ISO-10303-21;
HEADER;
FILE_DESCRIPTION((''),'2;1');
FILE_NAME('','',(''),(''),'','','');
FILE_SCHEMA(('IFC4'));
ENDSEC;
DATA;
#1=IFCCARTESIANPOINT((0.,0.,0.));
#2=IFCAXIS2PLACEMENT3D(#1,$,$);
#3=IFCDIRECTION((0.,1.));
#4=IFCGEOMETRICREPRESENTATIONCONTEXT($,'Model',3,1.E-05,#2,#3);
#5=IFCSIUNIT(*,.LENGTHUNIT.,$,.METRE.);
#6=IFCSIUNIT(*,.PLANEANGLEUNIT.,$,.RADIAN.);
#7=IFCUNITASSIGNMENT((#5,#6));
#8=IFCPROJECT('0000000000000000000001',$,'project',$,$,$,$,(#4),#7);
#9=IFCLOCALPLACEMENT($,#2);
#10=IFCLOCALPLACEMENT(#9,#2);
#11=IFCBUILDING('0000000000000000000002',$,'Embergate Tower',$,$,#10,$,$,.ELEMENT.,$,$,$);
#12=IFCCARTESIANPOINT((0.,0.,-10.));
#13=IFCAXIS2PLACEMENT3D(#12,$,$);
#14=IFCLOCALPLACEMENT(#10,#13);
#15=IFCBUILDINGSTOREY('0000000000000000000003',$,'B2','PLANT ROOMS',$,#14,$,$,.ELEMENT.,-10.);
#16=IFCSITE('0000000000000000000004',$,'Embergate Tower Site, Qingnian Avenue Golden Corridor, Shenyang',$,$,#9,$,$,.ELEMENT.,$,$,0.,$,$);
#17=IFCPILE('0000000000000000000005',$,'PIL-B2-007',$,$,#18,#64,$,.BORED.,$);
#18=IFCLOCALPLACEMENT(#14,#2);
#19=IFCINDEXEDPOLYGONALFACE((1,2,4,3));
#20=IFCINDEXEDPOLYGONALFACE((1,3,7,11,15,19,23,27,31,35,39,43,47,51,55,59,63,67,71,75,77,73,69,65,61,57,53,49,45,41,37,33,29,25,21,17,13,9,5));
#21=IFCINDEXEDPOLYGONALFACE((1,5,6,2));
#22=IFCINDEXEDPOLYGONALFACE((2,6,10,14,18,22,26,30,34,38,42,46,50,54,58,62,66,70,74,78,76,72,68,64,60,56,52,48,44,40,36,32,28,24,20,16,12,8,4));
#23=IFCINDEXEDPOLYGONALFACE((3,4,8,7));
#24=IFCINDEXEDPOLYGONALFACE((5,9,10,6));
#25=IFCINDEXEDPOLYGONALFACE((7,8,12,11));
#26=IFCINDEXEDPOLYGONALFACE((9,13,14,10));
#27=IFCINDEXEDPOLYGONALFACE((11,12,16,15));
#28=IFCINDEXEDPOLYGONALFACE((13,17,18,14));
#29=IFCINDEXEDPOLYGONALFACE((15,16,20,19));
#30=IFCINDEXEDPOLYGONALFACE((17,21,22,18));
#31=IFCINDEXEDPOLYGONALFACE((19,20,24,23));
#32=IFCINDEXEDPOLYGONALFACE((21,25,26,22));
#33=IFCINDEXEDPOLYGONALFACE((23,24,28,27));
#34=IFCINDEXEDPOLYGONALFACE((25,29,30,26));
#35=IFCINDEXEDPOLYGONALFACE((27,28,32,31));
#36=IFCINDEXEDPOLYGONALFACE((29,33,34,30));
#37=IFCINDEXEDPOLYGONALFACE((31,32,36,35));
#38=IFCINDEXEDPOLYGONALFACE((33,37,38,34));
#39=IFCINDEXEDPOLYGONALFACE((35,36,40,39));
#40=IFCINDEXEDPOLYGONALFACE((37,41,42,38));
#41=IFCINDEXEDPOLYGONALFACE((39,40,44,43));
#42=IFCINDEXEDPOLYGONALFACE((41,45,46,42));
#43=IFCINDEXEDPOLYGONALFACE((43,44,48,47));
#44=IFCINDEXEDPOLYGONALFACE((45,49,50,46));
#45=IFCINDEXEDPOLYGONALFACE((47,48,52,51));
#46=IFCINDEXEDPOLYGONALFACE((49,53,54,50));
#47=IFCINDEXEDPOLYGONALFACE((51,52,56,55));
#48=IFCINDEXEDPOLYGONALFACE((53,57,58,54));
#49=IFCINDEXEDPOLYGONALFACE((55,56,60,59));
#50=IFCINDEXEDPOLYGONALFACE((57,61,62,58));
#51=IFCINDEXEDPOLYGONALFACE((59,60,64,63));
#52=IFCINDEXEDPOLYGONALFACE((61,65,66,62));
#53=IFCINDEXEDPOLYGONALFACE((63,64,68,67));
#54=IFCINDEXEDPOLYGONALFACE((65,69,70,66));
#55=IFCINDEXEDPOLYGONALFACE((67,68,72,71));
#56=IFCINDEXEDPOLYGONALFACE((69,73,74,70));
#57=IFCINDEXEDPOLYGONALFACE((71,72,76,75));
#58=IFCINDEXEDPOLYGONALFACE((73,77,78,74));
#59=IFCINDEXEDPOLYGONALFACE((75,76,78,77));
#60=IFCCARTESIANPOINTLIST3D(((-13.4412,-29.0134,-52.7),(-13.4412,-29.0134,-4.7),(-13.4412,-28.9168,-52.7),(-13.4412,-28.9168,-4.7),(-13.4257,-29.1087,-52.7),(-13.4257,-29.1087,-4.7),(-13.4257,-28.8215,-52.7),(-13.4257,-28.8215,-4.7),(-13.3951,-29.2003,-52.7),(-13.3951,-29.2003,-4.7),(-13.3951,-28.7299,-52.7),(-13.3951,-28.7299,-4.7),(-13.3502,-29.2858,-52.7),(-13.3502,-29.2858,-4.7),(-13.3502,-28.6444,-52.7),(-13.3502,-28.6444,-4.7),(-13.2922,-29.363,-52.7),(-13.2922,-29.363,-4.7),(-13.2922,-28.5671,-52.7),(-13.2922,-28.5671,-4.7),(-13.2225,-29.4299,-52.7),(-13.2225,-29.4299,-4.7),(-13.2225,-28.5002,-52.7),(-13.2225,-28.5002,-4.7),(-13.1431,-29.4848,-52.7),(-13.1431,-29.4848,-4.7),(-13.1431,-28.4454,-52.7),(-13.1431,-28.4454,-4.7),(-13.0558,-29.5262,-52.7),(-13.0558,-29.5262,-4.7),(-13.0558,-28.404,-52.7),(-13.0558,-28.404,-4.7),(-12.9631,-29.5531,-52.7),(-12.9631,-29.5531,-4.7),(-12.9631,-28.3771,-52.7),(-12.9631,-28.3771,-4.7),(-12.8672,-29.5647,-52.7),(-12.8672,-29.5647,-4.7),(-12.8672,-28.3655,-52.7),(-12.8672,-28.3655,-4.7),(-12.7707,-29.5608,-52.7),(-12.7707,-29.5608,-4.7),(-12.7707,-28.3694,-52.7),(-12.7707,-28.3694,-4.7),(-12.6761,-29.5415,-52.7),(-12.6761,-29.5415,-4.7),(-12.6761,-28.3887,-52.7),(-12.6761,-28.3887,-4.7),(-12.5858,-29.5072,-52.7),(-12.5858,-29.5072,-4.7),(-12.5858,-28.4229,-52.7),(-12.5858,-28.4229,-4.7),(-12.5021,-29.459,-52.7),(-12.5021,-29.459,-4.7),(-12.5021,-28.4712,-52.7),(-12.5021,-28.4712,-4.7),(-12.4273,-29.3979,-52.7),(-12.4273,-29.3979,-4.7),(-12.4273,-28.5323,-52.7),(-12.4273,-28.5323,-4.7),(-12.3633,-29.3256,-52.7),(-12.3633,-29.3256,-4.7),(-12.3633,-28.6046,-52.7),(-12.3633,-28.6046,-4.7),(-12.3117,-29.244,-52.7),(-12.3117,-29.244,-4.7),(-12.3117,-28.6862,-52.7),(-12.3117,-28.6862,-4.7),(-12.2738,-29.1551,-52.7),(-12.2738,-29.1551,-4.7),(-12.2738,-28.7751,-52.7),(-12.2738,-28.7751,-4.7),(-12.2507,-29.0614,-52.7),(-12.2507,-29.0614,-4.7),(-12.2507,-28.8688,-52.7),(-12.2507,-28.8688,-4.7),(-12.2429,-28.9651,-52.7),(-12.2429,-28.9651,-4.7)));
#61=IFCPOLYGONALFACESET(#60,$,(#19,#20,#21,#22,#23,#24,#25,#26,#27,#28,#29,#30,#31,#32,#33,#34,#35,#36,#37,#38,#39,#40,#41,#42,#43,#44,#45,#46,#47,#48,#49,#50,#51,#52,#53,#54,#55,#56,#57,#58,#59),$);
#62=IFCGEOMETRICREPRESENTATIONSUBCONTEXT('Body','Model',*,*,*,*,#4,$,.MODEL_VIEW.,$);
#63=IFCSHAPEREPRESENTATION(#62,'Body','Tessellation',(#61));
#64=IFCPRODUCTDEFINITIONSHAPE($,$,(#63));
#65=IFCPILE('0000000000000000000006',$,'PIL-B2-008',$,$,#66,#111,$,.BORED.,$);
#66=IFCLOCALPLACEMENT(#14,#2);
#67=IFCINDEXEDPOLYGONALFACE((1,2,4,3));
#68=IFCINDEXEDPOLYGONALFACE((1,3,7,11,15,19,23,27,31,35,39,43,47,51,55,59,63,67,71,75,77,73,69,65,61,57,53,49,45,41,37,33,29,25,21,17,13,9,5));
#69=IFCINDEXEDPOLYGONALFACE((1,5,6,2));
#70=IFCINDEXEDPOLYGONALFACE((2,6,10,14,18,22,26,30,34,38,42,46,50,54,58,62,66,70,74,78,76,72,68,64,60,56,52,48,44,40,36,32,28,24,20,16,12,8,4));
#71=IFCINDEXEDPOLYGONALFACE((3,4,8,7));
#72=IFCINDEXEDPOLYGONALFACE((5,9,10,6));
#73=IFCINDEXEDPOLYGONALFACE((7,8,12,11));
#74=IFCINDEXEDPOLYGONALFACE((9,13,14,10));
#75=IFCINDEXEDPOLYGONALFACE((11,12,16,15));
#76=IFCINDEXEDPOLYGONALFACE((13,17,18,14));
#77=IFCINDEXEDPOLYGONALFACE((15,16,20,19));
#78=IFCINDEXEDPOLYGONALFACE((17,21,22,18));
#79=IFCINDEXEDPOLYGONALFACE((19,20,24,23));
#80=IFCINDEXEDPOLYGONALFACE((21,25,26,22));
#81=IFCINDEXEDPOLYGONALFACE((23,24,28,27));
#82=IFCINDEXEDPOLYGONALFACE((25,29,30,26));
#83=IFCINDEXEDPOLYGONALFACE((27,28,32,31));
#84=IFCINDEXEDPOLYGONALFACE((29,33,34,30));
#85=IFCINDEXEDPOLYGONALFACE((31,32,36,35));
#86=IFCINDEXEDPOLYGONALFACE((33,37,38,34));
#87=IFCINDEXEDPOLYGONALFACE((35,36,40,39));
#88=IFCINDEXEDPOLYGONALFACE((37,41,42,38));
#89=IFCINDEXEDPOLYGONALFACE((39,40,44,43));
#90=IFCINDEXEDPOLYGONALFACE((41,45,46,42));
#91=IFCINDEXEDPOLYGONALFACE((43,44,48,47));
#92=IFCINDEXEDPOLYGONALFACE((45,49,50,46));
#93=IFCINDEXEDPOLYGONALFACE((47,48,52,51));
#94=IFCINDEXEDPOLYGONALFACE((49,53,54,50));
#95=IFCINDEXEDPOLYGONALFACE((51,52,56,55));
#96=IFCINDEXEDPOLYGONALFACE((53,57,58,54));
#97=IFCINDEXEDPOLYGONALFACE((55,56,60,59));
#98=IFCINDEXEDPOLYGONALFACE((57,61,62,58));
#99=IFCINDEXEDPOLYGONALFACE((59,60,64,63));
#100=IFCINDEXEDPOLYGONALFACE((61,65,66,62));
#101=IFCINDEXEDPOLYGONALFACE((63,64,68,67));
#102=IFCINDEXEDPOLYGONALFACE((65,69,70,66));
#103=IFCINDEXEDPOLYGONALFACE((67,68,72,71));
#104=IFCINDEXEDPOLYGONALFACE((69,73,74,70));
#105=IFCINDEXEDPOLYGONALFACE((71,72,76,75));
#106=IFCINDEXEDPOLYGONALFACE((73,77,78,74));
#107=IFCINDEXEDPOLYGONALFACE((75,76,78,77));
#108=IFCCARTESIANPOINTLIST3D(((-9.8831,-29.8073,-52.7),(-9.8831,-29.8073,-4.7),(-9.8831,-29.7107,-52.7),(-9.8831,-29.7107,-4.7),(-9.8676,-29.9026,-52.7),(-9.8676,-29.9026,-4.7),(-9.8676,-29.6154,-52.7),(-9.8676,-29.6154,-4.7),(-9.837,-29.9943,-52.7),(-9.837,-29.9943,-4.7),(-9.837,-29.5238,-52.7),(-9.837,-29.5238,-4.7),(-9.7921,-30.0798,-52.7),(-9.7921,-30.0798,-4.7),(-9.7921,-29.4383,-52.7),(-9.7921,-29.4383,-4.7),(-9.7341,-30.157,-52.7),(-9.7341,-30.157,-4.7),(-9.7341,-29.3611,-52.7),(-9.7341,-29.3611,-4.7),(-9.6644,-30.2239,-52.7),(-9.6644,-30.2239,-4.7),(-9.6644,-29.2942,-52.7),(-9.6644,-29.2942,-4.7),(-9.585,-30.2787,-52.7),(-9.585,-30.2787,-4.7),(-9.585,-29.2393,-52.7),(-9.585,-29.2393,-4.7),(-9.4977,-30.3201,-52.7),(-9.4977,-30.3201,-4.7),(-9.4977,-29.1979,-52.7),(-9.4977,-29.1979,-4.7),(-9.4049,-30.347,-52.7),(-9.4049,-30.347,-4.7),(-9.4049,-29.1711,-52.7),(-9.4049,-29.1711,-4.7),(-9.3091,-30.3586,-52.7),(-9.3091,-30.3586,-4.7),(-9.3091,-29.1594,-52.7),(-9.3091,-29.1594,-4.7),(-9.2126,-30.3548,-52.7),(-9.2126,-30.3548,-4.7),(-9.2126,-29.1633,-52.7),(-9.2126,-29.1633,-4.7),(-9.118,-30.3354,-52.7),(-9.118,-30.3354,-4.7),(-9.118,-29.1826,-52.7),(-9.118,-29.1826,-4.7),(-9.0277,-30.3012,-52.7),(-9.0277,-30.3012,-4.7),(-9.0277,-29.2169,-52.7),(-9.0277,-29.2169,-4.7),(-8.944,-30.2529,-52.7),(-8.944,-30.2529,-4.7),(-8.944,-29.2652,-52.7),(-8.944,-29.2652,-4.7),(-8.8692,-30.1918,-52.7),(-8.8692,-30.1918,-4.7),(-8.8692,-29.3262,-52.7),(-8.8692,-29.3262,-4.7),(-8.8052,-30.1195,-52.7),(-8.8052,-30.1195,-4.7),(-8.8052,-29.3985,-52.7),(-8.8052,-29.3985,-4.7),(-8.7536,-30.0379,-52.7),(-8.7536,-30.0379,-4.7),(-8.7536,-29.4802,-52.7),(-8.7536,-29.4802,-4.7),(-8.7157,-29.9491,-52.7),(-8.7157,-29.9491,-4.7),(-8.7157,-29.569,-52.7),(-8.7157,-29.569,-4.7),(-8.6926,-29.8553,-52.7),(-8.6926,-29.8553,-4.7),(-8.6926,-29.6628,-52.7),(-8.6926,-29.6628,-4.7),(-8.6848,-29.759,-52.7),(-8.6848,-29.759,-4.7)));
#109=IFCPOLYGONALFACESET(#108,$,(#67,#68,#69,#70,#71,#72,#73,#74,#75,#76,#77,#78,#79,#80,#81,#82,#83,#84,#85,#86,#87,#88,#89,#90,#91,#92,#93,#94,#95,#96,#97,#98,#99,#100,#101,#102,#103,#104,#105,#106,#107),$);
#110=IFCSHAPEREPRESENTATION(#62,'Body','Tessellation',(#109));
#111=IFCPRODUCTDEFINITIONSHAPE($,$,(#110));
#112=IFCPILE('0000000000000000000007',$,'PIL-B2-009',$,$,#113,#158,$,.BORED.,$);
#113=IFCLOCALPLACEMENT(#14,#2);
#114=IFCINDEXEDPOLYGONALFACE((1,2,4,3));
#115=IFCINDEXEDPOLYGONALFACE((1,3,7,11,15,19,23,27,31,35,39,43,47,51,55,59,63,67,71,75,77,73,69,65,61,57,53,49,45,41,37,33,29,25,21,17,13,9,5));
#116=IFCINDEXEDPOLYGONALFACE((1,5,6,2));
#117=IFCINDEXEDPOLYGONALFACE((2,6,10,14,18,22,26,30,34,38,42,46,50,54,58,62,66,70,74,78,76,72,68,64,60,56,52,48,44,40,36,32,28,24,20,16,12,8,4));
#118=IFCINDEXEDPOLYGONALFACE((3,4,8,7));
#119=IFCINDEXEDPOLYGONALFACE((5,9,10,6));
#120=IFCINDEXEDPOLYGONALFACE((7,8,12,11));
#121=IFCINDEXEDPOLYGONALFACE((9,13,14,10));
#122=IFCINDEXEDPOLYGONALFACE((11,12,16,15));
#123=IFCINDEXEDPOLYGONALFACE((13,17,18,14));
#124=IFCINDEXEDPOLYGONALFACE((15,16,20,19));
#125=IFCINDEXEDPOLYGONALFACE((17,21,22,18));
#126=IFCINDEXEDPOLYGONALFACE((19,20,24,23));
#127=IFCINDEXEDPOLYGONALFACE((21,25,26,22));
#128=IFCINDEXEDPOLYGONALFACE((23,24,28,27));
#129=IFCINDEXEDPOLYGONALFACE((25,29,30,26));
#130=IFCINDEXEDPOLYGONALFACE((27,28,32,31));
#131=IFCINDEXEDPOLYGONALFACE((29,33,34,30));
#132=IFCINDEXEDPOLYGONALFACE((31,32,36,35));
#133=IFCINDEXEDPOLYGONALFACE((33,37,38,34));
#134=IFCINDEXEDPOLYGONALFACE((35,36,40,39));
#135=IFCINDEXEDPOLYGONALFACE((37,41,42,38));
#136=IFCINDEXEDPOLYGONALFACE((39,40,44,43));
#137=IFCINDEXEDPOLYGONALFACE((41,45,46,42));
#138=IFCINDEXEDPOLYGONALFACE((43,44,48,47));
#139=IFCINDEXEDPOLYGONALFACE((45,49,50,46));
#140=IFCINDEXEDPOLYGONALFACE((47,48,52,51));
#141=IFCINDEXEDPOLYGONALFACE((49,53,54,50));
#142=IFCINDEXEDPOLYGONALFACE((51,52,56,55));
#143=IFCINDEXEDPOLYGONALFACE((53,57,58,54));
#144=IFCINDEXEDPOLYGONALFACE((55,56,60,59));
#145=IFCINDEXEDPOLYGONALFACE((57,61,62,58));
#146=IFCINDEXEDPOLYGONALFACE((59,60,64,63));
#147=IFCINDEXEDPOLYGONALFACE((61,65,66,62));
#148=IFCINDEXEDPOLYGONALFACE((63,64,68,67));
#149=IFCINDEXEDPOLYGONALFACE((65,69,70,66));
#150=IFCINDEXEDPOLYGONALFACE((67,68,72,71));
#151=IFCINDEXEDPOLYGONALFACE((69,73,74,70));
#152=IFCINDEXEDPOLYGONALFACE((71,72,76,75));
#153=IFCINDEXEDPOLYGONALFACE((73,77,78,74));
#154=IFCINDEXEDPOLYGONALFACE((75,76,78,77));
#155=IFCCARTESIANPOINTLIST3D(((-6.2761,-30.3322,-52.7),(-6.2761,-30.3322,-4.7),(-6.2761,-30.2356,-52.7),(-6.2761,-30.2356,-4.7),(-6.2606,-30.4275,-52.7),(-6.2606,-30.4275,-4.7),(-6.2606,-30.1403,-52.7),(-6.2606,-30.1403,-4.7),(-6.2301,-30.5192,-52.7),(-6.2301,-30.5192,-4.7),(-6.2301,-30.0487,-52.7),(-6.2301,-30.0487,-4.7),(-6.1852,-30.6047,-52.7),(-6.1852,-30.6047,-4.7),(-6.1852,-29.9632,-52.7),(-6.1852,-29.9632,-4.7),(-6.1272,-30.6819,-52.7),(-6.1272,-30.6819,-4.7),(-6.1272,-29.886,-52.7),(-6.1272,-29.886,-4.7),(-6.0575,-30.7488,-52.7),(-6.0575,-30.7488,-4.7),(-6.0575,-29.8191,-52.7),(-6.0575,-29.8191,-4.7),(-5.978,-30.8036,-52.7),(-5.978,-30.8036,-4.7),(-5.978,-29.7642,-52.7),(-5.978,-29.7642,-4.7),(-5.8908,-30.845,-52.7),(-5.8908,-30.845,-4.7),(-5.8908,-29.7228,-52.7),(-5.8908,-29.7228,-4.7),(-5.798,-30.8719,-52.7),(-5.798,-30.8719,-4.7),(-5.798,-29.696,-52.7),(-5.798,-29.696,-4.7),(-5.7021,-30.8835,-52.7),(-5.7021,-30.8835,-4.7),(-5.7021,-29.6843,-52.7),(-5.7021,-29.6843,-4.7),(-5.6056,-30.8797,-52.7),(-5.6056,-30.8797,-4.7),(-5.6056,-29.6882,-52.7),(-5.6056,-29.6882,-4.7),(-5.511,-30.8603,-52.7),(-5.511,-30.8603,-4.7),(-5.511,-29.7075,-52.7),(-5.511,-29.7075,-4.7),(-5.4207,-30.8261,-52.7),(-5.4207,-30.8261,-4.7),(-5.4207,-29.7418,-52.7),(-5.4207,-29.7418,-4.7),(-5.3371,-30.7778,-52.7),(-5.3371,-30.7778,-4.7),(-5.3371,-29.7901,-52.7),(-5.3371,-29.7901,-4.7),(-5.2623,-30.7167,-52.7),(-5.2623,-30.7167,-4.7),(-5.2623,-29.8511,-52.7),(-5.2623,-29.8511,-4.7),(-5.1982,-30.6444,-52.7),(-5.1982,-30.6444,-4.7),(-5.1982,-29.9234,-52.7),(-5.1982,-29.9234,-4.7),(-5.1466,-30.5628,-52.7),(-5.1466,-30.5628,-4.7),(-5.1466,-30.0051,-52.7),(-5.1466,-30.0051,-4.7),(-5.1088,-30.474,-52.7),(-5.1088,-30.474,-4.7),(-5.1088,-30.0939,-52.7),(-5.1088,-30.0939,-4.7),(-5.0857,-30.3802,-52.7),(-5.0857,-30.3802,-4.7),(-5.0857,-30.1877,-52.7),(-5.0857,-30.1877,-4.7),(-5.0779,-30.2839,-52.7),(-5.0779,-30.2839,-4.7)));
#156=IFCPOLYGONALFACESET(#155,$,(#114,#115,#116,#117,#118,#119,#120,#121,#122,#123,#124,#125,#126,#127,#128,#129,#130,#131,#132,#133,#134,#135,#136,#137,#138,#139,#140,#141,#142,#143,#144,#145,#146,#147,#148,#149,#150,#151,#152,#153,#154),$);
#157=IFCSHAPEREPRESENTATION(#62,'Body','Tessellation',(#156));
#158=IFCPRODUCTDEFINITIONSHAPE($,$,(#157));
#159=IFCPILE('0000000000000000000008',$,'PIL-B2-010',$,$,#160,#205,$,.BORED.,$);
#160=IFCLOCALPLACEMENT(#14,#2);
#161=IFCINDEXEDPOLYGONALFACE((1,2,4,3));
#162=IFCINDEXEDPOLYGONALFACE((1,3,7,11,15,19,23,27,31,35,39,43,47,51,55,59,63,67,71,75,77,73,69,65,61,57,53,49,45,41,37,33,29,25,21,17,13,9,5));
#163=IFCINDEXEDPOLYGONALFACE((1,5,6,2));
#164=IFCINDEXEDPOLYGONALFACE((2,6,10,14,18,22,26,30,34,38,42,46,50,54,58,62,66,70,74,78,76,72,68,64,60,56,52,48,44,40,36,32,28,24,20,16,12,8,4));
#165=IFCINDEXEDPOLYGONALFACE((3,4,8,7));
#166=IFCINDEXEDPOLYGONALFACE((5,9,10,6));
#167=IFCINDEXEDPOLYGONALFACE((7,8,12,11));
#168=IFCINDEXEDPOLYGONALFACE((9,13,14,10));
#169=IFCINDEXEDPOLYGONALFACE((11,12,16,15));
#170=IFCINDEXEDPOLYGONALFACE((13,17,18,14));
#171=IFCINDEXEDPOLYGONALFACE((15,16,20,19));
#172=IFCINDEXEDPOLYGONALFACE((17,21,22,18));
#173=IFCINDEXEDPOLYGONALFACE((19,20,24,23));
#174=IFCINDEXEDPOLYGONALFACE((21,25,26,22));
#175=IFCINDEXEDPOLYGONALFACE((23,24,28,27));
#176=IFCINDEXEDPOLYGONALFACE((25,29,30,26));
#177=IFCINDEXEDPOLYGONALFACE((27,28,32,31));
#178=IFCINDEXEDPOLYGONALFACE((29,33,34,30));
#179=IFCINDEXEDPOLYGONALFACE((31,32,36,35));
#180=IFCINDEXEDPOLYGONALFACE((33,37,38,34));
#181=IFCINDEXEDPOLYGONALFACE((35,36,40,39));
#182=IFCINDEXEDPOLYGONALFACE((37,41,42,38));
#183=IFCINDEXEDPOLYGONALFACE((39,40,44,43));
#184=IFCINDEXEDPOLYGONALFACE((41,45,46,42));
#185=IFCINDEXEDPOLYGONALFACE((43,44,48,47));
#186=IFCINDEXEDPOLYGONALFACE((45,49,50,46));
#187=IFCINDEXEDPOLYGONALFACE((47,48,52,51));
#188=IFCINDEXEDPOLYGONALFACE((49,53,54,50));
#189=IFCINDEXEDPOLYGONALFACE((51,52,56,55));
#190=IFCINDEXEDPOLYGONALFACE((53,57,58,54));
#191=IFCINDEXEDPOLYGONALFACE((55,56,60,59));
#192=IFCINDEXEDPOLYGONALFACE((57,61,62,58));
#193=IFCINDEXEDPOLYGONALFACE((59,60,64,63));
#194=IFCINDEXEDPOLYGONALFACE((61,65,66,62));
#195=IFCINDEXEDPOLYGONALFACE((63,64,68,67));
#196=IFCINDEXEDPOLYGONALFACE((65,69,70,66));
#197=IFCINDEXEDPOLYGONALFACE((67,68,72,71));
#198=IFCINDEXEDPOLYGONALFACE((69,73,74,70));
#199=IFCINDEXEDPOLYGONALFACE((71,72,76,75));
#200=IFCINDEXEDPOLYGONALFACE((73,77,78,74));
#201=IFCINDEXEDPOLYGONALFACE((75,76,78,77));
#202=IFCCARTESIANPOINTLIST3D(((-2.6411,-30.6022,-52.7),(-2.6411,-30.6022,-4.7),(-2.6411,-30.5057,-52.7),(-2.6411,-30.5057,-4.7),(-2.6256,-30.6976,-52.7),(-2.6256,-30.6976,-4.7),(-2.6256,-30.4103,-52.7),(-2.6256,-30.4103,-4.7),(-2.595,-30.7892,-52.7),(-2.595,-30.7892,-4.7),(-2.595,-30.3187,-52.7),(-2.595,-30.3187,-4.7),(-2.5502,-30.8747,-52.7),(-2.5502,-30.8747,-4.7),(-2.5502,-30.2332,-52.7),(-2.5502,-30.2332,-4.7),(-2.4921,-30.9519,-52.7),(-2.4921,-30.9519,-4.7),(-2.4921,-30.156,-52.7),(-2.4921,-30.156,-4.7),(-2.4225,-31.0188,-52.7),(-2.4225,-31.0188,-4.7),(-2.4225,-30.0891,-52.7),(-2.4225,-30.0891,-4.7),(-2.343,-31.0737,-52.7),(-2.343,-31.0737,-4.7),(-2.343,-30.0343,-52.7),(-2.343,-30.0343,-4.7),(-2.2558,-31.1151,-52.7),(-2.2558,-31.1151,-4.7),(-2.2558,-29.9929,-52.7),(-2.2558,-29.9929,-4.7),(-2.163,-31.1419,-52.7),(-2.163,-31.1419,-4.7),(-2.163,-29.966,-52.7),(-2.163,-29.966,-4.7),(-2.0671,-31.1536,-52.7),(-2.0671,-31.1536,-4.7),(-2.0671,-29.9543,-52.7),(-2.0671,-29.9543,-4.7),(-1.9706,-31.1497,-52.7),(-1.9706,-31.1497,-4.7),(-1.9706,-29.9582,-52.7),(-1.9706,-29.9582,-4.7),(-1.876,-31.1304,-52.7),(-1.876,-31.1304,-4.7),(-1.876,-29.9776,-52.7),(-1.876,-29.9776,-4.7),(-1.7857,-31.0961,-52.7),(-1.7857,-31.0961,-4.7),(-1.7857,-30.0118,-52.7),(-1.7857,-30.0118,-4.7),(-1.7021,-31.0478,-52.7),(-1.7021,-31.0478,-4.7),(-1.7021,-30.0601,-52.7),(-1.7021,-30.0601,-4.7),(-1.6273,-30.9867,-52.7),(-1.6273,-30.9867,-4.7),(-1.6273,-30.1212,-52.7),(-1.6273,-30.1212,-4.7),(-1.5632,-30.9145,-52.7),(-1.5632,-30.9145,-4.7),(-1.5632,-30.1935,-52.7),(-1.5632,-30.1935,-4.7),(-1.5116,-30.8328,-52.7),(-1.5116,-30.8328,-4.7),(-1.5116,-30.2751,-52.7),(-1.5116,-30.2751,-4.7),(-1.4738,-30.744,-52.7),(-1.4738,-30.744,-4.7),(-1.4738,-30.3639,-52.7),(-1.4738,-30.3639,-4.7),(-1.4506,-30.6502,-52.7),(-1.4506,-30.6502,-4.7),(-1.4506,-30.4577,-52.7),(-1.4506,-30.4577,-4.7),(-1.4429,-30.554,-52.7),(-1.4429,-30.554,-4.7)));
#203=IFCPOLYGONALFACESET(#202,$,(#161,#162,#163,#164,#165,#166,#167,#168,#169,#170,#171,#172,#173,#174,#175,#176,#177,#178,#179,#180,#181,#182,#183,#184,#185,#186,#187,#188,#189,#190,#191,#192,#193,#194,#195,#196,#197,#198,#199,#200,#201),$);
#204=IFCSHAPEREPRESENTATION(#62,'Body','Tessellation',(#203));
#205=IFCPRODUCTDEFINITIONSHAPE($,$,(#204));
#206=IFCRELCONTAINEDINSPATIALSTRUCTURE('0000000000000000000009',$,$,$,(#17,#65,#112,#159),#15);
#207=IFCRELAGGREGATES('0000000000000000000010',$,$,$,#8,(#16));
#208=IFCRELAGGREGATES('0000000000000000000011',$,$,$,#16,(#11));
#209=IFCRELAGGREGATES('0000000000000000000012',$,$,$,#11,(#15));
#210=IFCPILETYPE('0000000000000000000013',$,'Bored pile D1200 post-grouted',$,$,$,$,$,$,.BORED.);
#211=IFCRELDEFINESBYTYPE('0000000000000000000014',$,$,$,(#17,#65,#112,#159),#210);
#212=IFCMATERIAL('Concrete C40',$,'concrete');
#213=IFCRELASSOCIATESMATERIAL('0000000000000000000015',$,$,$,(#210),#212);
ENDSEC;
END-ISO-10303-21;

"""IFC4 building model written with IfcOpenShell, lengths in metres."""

from ifc_helpers import new_model, si_unit, direction, frame, origin, origin_2d, place, context, subcontext, project, spatial, circle, extrude, source, transform, mapped, material, material_profile, profile_set, type_object, element, save


model = new_model("IFC4")

# Units and contexts
model_context = context("Model", 3, precision=1e-05, world=origin(), true_north=direction((0.0, 1.0)))
body_context = subcontext(model_context, "Body", "Model", "MODEL_VIEW")
ifc_project = project(units=[si_unit("LENGTHUNIT", "METRE"), si_unit("PLANEANGLEUNIT", "RADIAN")], contexts=[model_context])

# Site, building, storey
site_placement = place(None, origin())
site = spatial("IfcSite", under=ifc_project, at=site_placement, Name="Embergate Tower Site, Qingnian Avenue Golden Corridor, Shenyang", CompositionType="ELEMENT", RefElevation=0.0)
building_placement = place(site_placement, origin())
building = spatial("IfcBuilding", under=site, at=building_placement, Name="Embergate Tower", CompositionType="ELEMENT")
storey_placement = place(building_placement, frame((0.0, 0.0, -10.0)))
storey = spatial("IfcBuildingStorey", under=building, at=storey_placement, Name="B2", Description="PLANT ROOMS", CompositionType="ELEMENT", Elevation=-10.0)

# Piles
ifc_material_1 = material(Name="Concrete C40", Category="concrete")
ifc_material_profile = material_profile(ifc_material_1, circle(Radius=0.6001, at=origin_2d()), Name="D1200")
ifc_profile_set = profile_set([ifc_material_profile], Name="Concrete C40")
pile_type = type_object("IfcPileType", Name="Bored pile D1200 post-grouted", PredefinedType="BORED", material=ifc_profile_set)
shared_shape_1 = source(origin(), body_context, "Body", "SweptSolid", [
    extrude(circle(Radius=0.6001, at=origin_2d()), origin(), (0.0, 0.0, 1.0), 48.0),
])
for number, where, z_axis, x_axis, name in (
    (1, (-12.843, -28.9651, -4.7), (0.0, 0.0, -1.0), (1.0, 0.0, 0.0), "PIL-B2-007"),
    (2, (-9.2849, -29.759, -4.7), (0.0, 0.0, -1.0), (1.0, 0.0, 0.0), "PIL-B2-008"),
    (3, (-5.678, -30.2839, -4.7), (0.0, 0.0, -1.0), (1.0, 0.0, 0.0), "PIL-B2-009"),
    (4, (-2.043, -30.554, -4.7), (0.0, 0.0, -1.0), (1.0, 0.0, 0.0), "PIL-B2-010"),
):
    element("IfcPile", number, at=place(storey_placement, frame(where, z_axis=z_axis, x_axis=x_axis)), inside=storey, type_object=pile_type, Name=name, PredefinedType="BORED", context=body_context, shape_type="MappedRepresentation", body=[
        mapped(shared_shape_1, transform((0.0, 0.0, 0.0))),
    ])

save(model, "model.ifc")
